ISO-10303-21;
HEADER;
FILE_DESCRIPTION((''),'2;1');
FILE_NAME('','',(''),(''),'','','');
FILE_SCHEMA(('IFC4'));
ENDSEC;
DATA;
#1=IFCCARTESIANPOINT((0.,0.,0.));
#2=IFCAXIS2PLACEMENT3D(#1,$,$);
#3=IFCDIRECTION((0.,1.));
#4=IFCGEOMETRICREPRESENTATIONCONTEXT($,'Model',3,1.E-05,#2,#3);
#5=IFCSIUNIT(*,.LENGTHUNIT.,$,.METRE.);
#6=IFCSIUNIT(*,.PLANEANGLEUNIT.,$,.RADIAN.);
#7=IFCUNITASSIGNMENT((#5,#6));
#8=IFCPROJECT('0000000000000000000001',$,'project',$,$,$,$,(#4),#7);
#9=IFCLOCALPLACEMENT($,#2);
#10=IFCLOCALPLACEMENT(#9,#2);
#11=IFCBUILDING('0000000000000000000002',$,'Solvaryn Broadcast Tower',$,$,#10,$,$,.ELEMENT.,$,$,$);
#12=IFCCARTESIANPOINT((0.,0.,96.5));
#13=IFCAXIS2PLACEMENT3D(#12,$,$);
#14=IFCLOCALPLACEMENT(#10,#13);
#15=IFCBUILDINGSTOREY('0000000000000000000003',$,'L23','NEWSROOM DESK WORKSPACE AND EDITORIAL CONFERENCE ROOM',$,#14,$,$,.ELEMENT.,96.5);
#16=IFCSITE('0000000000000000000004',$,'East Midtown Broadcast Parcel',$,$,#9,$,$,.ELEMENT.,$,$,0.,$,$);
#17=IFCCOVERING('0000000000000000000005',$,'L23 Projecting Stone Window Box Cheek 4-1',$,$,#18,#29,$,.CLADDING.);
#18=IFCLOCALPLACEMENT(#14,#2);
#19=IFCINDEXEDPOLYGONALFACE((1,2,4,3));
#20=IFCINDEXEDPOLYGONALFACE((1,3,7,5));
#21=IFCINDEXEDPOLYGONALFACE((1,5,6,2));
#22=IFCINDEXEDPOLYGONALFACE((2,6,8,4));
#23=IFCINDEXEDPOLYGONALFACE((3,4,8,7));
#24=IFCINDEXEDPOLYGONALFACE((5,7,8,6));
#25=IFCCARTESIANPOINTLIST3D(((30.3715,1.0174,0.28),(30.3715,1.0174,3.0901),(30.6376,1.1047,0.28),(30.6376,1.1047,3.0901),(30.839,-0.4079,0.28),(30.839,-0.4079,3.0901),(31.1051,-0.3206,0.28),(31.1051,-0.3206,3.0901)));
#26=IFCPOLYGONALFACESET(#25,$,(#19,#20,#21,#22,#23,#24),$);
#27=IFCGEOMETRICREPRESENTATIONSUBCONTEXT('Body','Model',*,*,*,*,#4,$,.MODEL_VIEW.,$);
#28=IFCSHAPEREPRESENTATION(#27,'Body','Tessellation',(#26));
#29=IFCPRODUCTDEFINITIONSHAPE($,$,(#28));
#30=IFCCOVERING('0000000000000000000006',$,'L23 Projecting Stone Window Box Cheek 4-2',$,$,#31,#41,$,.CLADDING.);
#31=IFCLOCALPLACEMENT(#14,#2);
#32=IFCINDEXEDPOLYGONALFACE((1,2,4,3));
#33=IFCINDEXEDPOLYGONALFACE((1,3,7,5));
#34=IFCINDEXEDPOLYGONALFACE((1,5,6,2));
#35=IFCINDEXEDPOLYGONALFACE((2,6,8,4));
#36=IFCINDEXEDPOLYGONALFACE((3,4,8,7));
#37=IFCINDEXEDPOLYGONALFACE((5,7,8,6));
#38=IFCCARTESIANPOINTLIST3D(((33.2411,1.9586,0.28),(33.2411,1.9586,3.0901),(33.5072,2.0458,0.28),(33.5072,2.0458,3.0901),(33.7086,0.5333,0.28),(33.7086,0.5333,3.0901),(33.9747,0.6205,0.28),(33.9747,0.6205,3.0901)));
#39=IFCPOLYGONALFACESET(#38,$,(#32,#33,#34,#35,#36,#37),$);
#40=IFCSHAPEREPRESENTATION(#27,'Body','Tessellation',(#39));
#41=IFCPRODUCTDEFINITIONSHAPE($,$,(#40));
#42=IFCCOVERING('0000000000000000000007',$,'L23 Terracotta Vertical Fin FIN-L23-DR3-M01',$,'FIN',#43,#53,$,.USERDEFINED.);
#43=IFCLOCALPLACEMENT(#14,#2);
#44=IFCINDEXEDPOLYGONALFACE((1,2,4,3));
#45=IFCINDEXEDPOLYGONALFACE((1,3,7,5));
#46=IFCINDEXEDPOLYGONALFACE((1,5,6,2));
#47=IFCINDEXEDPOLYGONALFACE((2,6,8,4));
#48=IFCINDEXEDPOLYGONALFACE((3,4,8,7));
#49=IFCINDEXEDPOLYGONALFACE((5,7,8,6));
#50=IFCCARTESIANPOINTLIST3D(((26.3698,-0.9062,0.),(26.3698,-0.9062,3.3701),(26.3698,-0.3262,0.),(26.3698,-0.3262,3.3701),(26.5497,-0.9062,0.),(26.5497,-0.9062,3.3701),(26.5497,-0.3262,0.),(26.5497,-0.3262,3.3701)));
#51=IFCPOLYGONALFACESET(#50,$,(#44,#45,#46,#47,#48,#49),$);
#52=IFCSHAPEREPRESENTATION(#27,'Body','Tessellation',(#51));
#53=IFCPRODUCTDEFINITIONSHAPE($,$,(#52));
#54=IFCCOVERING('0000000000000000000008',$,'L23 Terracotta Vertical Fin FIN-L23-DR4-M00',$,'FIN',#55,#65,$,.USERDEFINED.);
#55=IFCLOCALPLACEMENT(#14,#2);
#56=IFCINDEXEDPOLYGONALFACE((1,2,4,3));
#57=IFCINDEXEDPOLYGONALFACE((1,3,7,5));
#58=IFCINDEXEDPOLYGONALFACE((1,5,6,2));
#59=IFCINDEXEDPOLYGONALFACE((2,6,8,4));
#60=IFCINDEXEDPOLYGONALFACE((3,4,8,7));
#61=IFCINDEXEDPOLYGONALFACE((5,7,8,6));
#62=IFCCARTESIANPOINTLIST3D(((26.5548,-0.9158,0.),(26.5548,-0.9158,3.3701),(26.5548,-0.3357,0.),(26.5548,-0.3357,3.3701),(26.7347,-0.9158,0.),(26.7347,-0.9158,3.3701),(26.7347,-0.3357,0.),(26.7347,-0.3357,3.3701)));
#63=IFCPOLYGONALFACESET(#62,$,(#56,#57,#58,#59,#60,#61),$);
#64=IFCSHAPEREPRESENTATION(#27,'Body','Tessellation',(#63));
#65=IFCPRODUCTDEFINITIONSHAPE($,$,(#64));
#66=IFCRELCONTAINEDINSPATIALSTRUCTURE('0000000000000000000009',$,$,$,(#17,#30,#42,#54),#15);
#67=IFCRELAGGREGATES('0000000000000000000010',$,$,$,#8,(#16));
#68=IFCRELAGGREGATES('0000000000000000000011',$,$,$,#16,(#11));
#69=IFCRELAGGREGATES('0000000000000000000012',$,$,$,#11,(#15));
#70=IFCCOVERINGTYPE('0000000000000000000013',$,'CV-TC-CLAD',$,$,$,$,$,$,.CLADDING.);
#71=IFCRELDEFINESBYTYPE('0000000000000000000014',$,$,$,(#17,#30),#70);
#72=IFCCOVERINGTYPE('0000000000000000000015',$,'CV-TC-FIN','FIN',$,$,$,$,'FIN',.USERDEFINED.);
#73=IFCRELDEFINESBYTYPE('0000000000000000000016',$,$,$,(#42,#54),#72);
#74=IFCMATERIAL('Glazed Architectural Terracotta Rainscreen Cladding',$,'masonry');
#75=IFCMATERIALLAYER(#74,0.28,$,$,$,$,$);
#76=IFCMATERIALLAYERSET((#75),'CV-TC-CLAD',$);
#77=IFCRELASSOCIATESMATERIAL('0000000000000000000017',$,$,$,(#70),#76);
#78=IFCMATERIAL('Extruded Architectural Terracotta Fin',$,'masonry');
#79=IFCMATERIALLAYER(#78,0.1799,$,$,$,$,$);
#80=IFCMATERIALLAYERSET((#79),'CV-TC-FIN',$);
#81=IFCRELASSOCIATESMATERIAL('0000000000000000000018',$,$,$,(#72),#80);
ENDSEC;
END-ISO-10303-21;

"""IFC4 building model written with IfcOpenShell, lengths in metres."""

from ifc_helpers import new_model, si_unit, direction, frame, origin, origin_2d, place, context, subcontext, project, spatial, rectangle, extrude, material, layer, layer_set, type_object, element, save


model = new_model("IFC4")

# Units and contexts
model_context = context("Model", 3, precision=1e-05, world=origin(), true_north=direction((0.0, 1.0)))
body_context = subcontext(model_context, "Body", "Model", "MODEL_VIEW")
ifc_project = project(units=[si_unit("LENGTHUNIT", "METRE"), si_unit("PLANEANGLEUNIT", "RADIAN")], contexts=[model_context])

# Site, building, storey
site_placement = place(None, origin())
site = spatial("IfcSite", under=ifc_project, at=site_placement, Name="East Midtown Broadcast Parcel", CompositionType="ELEMENT", RefElevation=0.0)
building_placement = place(site_placement, origin())
building = spatial("IfcBuilding", under=site, at=building_placement, Name="Solvaryn Broadcast Tower", CompositionType="ELEMENT")
storey_placement = place(building_placement, frame((0.0, 0.0, 96.5)))
storey = spatial("IfcBuildingStorey", under=building, at=storey_placement, Name="L23", Description="NEWSROOM DESK WORKSPACE AND EDITORIAL CONFERENCE ROOM", CompositionType="ELEMENT", Elevation=96.5)

# Coverings
ifc_material_1 = material(Name="Glazed Architectural Terracotta Rainscreen Cladding", Category="masonry")
ifc_layer_1 = layer(ifc_material_1, 0.28)
ifc_layer_set_1 = layer_set([ifc_layer_1], Name="CV-TC-CLAD")
covering_type_1 = type_object("IfcCoveringType", Name="CV-TC-CLAD", PredefinedType="CLADDING", material=ifc_layer_set_1)
for number, where, z_axis, x_axis, name in (
    (1, (30.7383, 0.3484, 0.28), (0.0, 0.0, 1.0), (0.95019, 0.311672, 0.0), "L23 Projecting Stone Window Box Cheek 4-1"),
    (2, (33.6079, 1.2896, 0.28), (0.0, 0.0, 1.0), (0.95019, 0.311672, 0.0), "L23 Projecting Stone Window Box Cheek 4-2"),
):
    element("IfcCovering", number, at=place(storey_placement, frame(where, z_axis=z_axis, x_axis=x_axis)), inside=storey, type_object=covering_type_1, Name=name, PredefinedType="CLADDING", context=body_context, shape_type="SweptSolid", body=[
        extrude(rectangle(XDim=0.28, YDim=1.5, at=origin_2d()), origin(), (0.0, 0.0, 1.0), 2.8101),
    ])
ifc_material_2 = material(Name="Extruded Architectural Terracotta Fin", Category="masonry")
ifc_layer_2 = layer(ifc_material_2, 0.1799)
ifc_layer_set_2 = layer_set([ifc_layer_2], Name="CV-TC-FIN")
covering_type_2 = type_object("IfcCoveringType", Name="CV-TC-FIN", Description="FIN", ElementType="FIN", PredefinedType="USERDEFINED", material=ifc_layer_set_2)
for number, where, z_axis, x_axis, name in (
    (3, (26.4597, -0.6162, 0.0), (0.0, 0.0, 1.0), (1.0, 0.0, 0.0), "L23 Terracotta Vertical Fin FIN-L23-DR3-M01"),
    (4, (26.6448, -0.6257, 0.0), (0.0, 0.0, 1.0), (1.0, 0.0, 0.0), "L23 Terracotta Vertical Fin FIN-L23-DR4-M00"),
):
    element("IfcCovering", number, at=place(storey_placement, frame(where, z_axis=z_axis, x_axis=x_axis)), inside=storey, type_object=covering_type_2, Name=name, ObjectType="FIN", PredefinedType="USERDEFINED", context=body_context, shape_type="SweptSolid", body=[
        extrude(rectangle(XDim=0.1799, YDim=0.5801, at=origin_2d()), origin(), (0.0, 0.0, 1.0), 3.3701),
    ])

save(model, "model.ifc")
